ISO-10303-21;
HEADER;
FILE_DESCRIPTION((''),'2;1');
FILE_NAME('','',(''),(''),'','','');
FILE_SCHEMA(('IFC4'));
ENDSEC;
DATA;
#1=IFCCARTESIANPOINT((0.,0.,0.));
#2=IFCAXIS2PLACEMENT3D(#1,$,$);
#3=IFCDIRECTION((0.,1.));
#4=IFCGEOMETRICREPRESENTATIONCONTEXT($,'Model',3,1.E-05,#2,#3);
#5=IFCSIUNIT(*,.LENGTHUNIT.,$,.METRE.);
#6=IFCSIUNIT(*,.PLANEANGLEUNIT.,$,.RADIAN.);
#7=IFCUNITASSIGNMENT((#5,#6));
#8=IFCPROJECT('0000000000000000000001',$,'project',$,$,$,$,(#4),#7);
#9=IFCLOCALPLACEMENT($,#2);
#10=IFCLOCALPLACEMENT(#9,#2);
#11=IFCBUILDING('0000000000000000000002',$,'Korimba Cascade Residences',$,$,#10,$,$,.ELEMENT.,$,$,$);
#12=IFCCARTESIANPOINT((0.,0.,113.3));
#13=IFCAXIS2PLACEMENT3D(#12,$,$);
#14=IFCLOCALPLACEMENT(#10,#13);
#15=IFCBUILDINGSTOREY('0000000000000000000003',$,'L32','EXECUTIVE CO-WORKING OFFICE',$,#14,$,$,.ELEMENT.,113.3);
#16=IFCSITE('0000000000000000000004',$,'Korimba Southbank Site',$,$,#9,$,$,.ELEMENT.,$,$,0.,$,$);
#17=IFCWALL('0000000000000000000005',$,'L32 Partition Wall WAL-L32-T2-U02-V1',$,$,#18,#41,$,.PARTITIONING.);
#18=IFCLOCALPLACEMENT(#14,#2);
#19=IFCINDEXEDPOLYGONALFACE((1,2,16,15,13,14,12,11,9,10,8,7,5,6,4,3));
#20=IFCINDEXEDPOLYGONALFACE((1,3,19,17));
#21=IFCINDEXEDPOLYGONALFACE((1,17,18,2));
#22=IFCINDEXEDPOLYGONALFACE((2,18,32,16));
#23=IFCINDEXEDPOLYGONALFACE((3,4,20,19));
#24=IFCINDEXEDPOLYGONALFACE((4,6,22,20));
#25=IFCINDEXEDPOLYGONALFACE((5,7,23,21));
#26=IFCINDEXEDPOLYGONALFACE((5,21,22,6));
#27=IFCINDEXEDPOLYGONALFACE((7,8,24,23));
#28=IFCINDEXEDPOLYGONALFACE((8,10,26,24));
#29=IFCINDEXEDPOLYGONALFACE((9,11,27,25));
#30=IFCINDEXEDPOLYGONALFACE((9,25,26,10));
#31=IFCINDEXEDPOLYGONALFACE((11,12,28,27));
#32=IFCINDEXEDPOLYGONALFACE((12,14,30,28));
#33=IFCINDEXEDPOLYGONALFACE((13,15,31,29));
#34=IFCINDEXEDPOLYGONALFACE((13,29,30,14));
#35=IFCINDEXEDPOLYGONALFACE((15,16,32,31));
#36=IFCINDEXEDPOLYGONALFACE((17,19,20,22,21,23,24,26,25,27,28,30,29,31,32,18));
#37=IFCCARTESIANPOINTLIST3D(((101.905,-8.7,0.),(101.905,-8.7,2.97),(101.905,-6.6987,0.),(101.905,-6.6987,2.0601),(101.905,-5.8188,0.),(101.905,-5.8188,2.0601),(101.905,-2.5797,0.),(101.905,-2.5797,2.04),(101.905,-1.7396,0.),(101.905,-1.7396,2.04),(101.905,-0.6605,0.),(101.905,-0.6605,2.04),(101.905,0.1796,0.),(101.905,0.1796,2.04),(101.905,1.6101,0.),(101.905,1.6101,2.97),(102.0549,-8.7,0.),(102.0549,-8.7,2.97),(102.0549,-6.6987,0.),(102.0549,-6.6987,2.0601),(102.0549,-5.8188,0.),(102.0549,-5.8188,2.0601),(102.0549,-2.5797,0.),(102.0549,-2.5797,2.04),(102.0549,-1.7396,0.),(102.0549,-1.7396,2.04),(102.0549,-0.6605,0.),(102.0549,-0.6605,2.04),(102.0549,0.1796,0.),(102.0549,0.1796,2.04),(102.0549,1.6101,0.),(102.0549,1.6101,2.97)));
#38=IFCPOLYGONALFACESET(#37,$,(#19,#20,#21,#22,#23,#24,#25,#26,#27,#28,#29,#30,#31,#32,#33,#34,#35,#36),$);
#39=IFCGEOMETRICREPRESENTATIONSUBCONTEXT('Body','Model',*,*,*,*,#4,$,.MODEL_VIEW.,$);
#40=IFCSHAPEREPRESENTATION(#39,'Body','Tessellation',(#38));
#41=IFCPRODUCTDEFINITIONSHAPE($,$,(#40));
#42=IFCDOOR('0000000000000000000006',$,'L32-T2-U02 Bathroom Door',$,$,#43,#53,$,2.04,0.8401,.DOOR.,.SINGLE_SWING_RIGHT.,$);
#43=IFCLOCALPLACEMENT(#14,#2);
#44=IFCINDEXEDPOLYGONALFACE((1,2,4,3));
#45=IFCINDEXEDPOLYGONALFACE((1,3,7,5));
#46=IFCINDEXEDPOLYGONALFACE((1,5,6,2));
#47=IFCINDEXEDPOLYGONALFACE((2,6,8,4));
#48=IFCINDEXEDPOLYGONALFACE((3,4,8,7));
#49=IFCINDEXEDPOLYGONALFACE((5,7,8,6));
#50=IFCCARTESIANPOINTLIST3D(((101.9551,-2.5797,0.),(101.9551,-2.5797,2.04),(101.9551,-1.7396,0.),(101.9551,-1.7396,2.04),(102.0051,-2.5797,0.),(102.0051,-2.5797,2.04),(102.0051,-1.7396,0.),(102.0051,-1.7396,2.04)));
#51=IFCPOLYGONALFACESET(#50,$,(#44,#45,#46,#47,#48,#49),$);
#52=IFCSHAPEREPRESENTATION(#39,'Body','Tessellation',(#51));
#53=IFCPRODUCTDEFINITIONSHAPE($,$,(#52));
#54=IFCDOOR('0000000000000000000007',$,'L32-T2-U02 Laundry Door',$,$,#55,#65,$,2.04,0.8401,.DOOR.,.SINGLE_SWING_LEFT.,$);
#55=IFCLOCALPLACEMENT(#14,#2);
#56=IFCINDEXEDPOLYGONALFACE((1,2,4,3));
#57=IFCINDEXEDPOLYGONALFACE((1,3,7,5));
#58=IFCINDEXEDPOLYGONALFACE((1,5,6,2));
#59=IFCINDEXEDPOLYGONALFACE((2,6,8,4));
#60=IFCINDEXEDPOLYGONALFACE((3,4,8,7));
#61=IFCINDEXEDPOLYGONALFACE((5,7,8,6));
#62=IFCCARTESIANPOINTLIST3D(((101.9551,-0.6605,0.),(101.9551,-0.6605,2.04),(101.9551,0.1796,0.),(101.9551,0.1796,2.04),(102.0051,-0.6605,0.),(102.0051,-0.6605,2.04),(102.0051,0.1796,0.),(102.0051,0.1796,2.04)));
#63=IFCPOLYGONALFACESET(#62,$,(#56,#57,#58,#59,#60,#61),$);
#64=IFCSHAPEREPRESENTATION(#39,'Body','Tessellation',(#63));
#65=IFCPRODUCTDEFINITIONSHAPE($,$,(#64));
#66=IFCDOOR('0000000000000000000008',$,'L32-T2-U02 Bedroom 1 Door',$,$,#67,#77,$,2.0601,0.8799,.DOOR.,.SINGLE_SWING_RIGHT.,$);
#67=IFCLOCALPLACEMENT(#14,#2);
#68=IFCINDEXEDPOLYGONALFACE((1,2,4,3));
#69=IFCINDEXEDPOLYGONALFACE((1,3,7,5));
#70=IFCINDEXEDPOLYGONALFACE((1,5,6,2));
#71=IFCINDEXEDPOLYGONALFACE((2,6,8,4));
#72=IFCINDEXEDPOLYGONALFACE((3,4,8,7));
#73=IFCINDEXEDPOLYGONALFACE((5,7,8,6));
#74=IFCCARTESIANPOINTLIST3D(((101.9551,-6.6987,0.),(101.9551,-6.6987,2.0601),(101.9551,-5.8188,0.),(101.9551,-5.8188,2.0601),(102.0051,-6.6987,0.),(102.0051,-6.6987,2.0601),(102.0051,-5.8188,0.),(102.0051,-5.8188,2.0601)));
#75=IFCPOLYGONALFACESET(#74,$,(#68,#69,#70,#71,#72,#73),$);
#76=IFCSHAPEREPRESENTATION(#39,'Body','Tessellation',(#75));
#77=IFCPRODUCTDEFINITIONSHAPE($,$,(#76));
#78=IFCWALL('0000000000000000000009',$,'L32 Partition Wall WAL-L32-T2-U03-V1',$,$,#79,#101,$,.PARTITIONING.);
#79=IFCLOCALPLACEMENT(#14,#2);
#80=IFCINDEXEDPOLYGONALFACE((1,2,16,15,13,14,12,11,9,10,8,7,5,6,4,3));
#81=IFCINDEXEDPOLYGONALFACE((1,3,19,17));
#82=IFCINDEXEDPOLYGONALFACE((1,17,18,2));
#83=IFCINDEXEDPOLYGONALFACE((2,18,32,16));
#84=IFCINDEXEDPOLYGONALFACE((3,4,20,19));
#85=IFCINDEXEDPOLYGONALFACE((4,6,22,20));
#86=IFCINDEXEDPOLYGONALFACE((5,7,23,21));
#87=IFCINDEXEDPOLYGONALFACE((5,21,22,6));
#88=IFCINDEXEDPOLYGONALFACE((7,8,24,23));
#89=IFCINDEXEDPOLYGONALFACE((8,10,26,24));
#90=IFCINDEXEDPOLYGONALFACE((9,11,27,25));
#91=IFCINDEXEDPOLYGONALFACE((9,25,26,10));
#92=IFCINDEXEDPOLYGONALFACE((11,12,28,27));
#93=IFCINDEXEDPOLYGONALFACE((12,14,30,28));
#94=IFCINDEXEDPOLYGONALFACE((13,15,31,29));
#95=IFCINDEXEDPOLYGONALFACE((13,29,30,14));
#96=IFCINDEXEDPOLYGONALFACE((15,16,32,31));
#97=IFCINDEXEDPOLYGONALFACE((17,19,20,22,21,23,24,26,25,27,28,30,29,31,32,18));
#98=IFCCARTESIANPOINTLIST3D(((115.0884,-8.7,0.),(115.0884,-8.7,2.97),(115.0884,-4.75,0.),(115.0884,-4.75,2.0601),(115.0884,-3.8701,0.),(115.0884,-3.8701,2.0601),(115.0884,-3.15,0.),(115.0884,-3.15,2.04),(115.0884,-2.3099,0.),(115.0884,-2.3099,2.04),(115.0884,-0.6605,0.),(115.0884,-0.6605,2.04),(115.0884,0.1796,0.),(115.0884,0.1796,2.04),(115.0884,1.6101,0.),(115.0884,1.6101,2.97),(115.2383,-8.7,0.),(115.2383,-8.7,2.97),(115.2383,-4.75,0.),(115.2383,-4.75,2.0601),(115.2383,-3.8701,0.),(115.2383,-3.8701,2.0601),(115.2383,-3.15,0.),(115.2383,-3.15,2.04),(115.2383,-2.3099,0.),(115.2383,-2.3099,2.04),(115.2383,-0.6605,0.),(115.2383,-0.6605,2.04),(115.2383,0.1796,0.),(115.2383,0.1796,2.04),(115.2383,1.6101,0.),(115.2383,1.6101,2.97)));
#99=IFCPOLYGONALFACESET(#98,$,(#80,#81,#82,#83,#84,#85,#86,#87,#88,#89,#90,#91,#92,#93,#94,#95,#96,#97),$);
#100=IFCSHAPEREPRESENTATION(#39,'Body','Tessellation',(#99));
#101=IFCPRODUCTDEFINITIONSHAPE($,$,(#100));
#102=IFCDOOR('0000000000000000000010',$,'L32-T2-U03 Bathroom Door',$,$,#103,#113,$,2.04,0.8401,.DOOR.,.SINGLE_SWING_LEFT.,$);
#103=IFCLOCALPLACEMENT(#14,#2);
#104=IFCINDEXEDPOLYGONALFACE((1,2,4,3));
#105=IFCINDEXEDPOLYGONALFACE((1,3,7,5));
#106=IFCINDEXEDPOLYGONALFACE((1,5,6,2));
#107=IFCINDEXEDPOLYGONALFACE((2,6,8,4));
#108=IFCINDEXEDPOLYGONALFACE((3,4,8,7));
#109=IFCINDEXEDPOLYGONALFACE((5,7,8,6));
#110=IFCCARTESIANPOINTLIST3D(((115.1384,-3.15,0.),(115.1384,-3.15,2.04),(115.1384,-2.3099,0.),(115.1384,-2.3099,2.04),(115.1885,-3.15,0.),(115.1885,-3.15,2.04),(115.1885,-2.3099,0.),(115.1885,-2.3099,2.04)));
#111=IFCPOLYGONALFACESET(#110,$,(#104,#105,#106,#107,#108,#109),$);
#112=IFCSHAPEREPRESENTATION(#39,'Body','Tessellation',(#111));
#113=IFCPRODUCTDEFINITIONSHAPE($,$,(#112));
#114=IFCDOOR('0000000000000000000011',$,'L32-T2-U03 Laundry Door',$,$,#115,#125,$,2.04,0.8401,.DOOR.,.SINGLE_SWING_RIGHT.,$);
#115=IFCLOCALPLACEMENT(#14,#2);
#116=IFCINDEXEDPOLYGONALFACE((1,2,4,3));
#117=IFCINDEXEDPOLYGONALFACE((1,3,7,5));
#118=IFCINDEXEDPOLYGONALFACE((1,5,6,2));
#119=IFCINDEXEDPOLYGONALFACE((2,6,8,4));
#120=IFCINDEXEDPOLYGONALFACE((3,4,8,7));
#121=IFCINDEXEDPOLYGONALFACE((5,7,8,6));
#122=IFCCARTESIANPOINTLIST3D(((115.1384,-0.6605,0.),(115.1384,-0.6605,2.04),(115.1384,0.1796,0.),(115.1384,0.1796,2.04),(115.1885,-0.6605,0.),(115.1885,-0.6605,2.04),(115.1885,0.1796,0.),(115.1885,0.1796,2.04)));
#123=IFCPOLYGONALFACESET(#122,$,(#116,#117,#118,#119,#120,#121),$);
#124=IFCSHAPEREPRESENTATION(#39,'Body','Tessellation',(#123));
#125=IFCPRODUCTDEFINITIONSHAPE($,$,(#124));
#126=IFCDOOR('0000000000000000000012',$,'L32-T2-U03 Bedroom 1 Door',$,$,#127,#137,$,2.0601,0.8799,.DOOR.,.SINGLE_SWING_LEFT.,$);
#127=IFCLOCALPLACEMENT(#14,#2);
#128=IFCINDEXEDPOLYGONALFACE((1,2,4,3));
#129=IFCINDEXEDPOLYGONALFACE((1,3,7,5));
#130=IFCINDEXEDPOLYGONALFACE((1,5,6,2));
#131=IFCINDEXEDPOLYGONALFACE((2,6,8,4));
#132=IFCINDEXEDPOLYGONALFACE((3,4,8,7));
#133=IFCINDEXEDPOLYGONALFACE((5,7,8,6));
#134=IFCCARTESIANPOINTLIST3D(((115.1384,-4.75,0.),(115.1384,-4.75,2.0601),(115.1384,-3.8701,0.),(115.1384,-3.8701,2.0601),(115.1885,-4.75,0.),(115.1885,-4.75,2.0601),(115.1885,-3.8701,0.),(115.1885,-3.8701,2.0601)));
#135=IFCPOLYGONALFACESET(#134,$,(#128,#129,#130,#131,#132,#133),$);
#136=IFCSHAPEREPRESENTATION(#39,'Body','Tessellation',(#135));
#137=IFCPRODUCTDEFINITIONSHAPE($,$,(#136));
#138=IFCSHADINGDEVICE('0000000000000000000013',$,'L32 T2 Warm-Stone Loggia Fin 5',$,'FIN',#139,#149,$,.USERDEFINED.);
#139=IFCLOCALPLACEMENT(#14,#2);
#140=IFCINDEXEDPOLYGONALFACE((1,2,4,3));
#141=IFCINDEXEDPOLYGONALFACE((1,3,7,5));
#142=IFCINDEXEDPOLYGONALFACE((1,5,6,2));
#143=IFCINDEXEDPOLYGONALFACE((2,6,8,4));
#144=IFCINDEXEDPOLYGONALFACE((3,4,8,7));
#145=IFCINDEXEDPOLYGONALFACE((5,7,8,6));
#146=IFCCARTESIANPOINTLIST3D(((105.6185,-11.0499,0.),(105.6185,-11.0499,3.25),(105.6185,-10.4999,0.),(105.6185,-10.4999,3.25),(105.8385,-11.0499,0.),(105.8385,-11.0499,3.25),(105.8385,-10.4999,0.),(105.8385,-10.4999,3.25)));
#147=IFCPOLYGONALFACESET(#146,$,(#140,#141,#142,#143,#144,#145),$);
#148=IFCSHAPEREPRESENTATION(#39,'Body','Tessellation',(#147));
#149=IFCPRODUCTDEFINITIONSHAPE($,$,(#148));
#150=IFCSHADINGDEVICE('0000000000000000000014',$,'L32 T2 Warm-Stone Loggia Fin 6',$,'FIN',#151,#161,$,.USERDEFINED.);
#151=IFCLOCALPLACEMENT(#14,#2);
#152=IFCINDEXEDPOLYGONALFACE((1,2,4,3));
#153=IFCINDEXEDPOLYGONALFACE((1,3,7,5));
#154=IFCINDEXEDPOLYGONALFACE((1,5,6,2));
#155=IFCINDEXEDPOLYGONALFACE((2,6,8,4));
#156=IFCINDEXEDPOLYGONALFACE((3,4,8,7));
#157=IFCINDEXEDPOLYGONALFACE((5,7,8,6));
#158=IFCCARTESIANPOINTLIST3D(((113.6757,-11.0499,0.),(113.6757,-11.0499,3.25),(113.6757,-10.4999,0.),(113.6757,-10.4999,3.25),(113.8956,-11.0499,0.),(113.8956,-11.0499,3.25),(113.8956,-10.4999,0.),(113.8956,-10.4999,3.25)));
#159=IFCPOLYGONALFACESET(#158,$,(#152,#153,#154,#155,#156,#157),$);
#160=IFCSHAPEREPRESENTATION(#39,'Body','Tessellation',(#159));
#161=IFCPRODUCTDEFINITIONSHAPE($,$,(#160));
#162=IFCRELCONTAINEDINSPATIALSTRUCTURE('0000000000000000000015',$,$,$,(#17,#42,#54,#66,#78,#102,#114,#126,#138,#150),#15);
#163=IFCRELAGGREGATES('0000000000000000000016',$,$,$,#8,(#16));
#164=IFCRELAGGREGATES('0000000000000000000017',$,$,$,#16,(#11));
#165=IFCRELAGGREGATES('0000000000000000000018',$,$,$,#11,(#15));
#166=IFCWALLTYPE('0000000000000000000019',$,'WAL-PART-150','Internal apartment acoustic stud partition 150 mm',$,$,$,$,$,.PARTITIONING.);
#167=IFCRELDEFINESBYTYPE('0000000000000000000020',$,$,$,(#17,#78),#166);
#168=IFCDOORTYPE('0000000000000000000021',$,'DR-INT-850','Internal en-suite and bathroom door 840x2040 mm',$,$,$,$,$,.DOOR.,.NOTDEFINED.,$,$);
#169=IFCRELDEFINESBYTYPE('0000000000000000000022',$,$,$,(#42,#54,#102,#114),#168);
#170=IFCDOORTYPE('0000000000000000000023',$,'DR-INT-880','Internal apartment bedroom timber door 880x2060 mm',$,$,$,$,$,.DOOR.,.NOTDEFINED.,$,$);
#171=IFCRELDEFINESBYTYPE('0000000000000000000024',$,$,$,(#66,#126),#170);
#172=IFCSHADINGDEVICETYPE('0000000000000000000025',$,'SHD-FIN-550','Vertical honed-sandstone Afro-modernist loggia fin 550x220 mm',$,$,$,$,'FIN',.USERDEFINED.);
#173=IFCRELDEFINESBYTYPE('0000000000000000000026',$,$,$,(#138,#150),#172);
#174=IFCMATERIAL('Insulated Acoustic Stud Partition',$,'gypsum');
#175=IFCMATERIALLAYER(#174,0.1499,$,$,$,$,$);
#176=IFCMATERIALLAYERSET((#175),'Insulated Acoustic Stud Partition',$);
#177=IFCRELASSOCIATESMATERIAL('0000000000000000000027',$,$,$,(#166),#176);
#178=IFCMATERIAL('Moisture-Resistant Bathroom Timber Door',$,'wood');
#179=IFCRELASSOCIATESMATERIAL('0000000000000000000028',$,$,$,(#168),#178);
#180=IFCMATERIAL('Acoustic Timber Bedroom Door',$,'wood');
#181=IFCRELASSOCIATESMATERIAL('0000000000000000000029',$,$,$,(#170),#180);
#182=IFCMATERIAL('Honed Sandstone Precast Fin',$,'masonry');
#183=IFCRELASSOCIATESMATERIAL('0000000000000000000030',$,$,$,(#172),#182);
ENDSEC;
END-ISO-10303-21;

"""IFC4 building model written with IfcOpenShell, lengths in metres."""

from ifc_helpers import new_model, si_unit, direction, frame, frame_2d, origin, origin_2d, place, context, subcontext, project, spatial, rectangle, extrude, material, layer, layer_set, type_object, element, fill, save


model = new_model("IFC4")

# Units and contexts
model_context = context("Model", 3, precision=1e-05, world=origin(), true_north=direction((0.0, 1.0)))
body_context = subcontext(model_context, "Body", "Model", "MODEL_VIEW")
ifc_project = project(units=[si_unit("LENGTHUNIT", "METRE"), si_unit("PLANEANGLEUNIT", "RADIAN")], contexts=[model_context])

# Site, building, storey
site_placement = place(None, origin())
site = spatial("IfcSite", under=ifc_project, at=site_placement, Name="Korimba Southbank Site", CompositionType="ELEMENT", RefElevation=0.0)
building_placement = place(site_placement, origin())
building = spatial("IfcBuilding", under=site, at=building_placement, Name="Korimba Cascade Residences", CompositionType="ELEMENT")
storey_placement = place(building_placement, frame((0.0, 0.0, 113.3)))
storey = spatial("IfcBuildingStorey", under=building, at=storey_placement, Name="L32", Description="EXECUTIVE CO-WORKING OFFICE", CompositionType="ELEMENT", Elevation=113.3)

# Walls, openings, doors
ifc_material_1 = material(Name="Insulated Acoustic Stud Partition", Category="gypsum")
ifc_layer_1 = layer(ifc_material_1, 0.1499)
ifc_layer_set_1 = layer_set([ifc_layer_1], Name="Insulated Acoustic Stud Partition")
wall_type_1 = type_object("IfcWallType", Name="WAL-PART-150", Description="Internal apartment acoustic stud partition 150 mm", PredefinedType="PARTITIONING", material=ifc_layer_set_1)
wall_1_placement = place(storey_placement, frame((101.98, -8.7, 0.0), z_axis=(0.0, 0.0, 1.0), x_axis=(0.0, 1.0, 0.0)))
wall_1 = element("IfcWall", 1, at=wall_1_placement, inside=storey, type_object=wall_type_1, Name="L32 Partition Wall WAL-L32-T2-U02-V1", PredefinedType="PARTITIONING", context=body_context, shape_type="SweptSolid", body=[
    extrude(rectangle(XDim=10.3101, YDim=0.1499, at=frame_2d((5.155, 0.0))), origin(), (0.0, 0.0, 1.0), 2.97),
])
opening_1_placement = place(wall_1_placement, frame((6.1204, 0.0, 0.0)))
opening_1 = element("IfcOpeningElement", 2, at=opening_1_placement, cuts=wall_1, PredefinedType="OPENING", context=body_context, shape_type="SweptSolid", body=[
    extrude(rectangle(XDim=0.8401, YDim=2.04, at=frame_2d((0.4199, 1.02))), frame((0.0, 0.085, 0.0), z_axis=(0.0, -1.0, 0.0), x_axis=(1.0, 0.0, 0.0)), (0.0, 0.0, 1.0), 0.1699),
])
opening_2_placement = place(wall_1_placement, frame((8.0396, 0.0, 0.0)))
opening_2 = element("IfcOpeningElement", 3, at=opening_2_placement, cuts=wall_1, PredefinedType="OPENING", context=body_context, shape_type="SweptSolid", body=[
    extrude(rectangle(XDim=0.8401, YDim=2.04, at=frame_2d((0.4199, 1.02))), frame((0.0, 0.085, 0.0), z_axis=(0.0, -1.0, 0.0), x_axis=(1.0, 0.0, 0.0)), (0.0, 0.0, 1.0), 0.1699),
])
opening_3_placement = place(wall_1_placement, frame((2.0012, 0.0, 0.0)))
opening_3 = element("IfcOpeningElement", 4, at=opening_3_placement, cuts=wall_1, PredefinedType="OPENING", context=body_context, shape_type="SweptSolid", body=[
    extrude(rectangle(XDim=0.8799, YDim=2.0601, at=frame_2d((0.4399, 1.03))), frame((0.0, 0.085, 0.0), z_axis=(0.0, -1.0, 0.0), x_axis=(1.0, 0.0, 0.0)), (0.0, 0.0, 1.0), 0.1699),
])
ifc_material_2 = material(Name="Moisture-Resistant Bathroom Timber Door", Category="wood")
door_type_1 = type_object("IfcDoorType", Name="DR-INT-850", Description="Internal en-suite and bathroom door 840x2040 mm", OperationType="NOTDEFINED", PredefinedType="DOOR", material=ifc_material_2)
door_1_placement = place(opening_1_placement, origin())
door_1 = element("IfcDoor", 5, at=door_1_placement, inside=storey, type_object=door_type_1, Name="L32-T2-U02 Bathroom Door", OperationType="SINGLE_SWING_RIGHT", OverallHeight=2.04, OverallWidth=0.8401, PredefinedType="DOOR", context=body_context, shape_type="SweptSolid", body=[
    extrude(rectangle(XDim=0.8401, YDim=2.04, at=frame_2d((0.4199, 1.02))), frame((0.0, 0.0249, 0.0), z_axis=(0.0, -1.0, 0.0), x_axis=(1.0, 0.0, 0.0)), (0.0, 0.0, 1.0), 0.05),
])
fill(opening_1, door_1)
door_2_placement = place(opening_2_placement, origin())
door_2 = element("IfcDoor", 6, at=door_2_placement, inside=storey, type_object=door_type_1, Name="L32-T2-U02 Laundry Door", OperationType="SINGLE_SWING_LEFT", OverallHeight=2.04, OverallWidth=0.8401, PredefinedType="DOOR", context=body_context, shape_type="SweptSolid", body=[
    extrude(rectangle(XDim=0.8401, YDim=2.04, at=frame_2d((0.4199, 1.02))), frame((0.0, 0.0249, 0.0), z_axis=(0.0, -1.0, 0.0), x_axis=(1.0, 0.0, 0.0)), (0.0, 0.0, 1.0), 0.05),
])
fill(opening_2, door_2)
ifc_material_3 = material(Name="Acoustic Timber Bedroom Door", Category="wood")
door_type_2 = type_object("IfcDoorType", Name="DR-INT-880", Description="Internal apartment bedroom timber door 880x2060 mm", OperationType="NOTDEFINED", PredefinedType="DOOR", material=ifc_material_3)
door_3_placement = place(opening_3_placement, origin())
door_3 = element("IfcDoor", 7, at=door_3_placement, inside=storey, type_object=door_type_2, Name="L32-T2-U02 Bedroom 1 Door", OperationType="SINGLE_SWING_RIGHT", OverallHeight=2.0601, OverallWidth=0.8799, PredefinedType="DOOR", context=body_context, shape_type="SweptSolid", body=[
    extrude(rectangle(XDim=0.8799, YDim=2.0601, at=frame_2d((0.4399, 1.03))), frame((0.0, 0.0249, 0.0), z_axis=(0.0, -1.0, 0.0), x_axis=(1.0, 0.0, 0.0)), (0.0, 0.0, 1.0), 0.05),
])
fill(opening_3, door_3)
wall_2_placement = place(storey_placement, frame((115.1633, -8.7, 0.0), z_axis=(0.0, 0.0, 1.0), x_axis=(0.0, 1.0, 0.0)))
wall_2 = element("IfcWall", 8, at=wall_2_placement, inside=storey, type_object=wall_type_1, Name="L32 Partition Wall WAL-L32-T2-U03-V1", PredefinedType="PARTITIONING", context=body_context, shape_type="SweptSolid", body=[
    extrude(rectangle(XDim=10.3101, YDim=0.1499, at=frame_2d((5.155, 0.0))), origin(), (0.0, 0.0, 1.0), 2.97),
])
opening_4_placement = place(wall_2_placement, frame((5.55, 0.0, 0.0)))
opening_4 = element("IfcOpeningElement", 9, at=opening_4_placement, cuts=wall_2, PredefinedType="OPENING", context=body_context, shape_type="SweptSolid", body=[
    extrude(rectangle(XDim=0.8401, YDim=2.04, at=frame_2d((0.4199, 1.02))), frame((0.0, 0.085, 0.0), z_axis=(0.0, -1.0, 0.0), x_axis=(1.0, 0.0, 0.0)), (0.0, 0.0, 1.0), 0.1699),
])
opening_5_placement = place(wall_2_placement, frame((8.0396, 0.0, 0.0)))
opening_5 = element("IfcOpeningElement", 10, at=opening_5_placement, cuts=wall_2, PredefinedType="OPENING", context=body_context, shape_type="SweptSolid", body=[
    extrude(rectangle(XDim=0.8401, YDim=2.04, at=frame_2d((0.4199, 1.02))), frame((0.0, 0.085, 0.0), z_axis=(0.0, -1.0, 0.0), x_axis=(1.0, 0.0, 0.0)), (0.0, 0.0, 1.0), 0.1699),
])
opening_6_placement = place(wall_2_placement, frame((3.95, 0.0, 0.0)))
opening_6 = element("IfcOpeningElement", 11, at=opening_6_placement, cuts=wall_2, PredefinedType="OPENING", context=body_context, shape_type="SweptSolid", body=[
    extrude(rectangle(XDim=0.8799, YDim=2.0601, at=frame_2d((0.4399, 1.03))), frame((0.0, 0.085, 0.0), z_axis=(0.0, -1.0, 0.0), x_axis=(1.0, 0.0, 0.0)), (0.0, 0.0, 1.0), 0.1699),
])
door_4_placement = place(opening_4_placement, origin())
door_4 = element("IfcDoor", 12, at=door_4_placement, inside=storey, type_object=door_type_1, Name="L32-T2-U03 Bathroom Door", OperationType="SINGLE_SWING_LEFT", OverallHeight=2.04, OverallWidth=0.8401, PredefinedType="DOOR", context=body_context, shape_type="SweptSolid", body=[
    extrude(rectangle(XDim=0.8401, YDim=2.04, at=frame_2d((0.4199, 1.02))), frame((0.0, 0.0249, 0.0), z_axis=(0.0, -1.0, 0.0), x_axis=(1.0, 0.0, 0.0)), (0.0, 0.0, 1.0), 0.05),
])
fill(opening_4, door_4)
door_5_placement = place(opening_5_placement, origin())
door_5 = element("IfcDoor", 13, at=door_5_placement, inside=storey, type_object=door_type_1, Name="L32-T2-U03 Laundry Door", OperationType="SINGLE_SWING_RIGHT", OverallHeight=2.04, OverallWidth=0.8401, PredefinedType="DOOR", context=body_context, shape_type="SweptSolid", body=[
    extrude(rectangle(XDim=0.8401, YDim=2.04, at=frame_2d((0.4199, 1.02))), frame((0.0, 0.0249, 0.0), z_axis=(0.0, -1.0, 0.0), x_axis=(1.0, 0.0, 0.0)), (0.0, 0.0, 1.0), 0.05),
])
fill(opening_5, door_5)
door_6_placement = place(opening_6_placement, origin())
door_6 = element("IfcDoor", 14, at=door_6_placement, inside=storey, type_object=door_type_2, Name="L32-T2-U03 Bedroom 1 Door", OperationType="SINGLE_SWING_LEFT", OverallHeight=2.0601, OverallWidth=0.8799, PredefinedType="DOOR", context=body_context, shape_type="SweptSolid", body=[
    extrude(rectangle(XDim=0.8799, YDim=2.0601, at=frame_2d((0.4399, 1.03))), frame((0.0, 0.0249, 0.0), z_axis=(0.0, -1.0, 0.0), x_axis=(1.0, 0.0, 0.0)), (0.0, 0.0, 1.0), 0.05),
])
fill(opening_6, door_6)

# Shading devices
ifc_material_4 = material(Name="Honed Sandstone Precast Fin", Category="masonry")
shading_device_type = type_object("IfcShadingDeviceType", Name="SHD-FIN-550", Description="Vertical honed-sandstone Afro-modernist loggia fin 550x220 mm", ElementType="FIN", PredefinedType="USERDEFINED", material=ifc_material_4)
for number, where, z_axis, x_axis, name in (
    (15, (105.7285, -10.7749, 0.0), (0.0, 0.0, 1.0), (1.0, 0.0, 0.0), "L32 T2 Warm-Stone Loggia Fin 5"),
    (16, (113.7856, -10.7749, 0.0), (0.0, 0.0, 1.0), (1.0, 0.0, 0.0), "L32 T2 Warm-Stone Loggia Fin 6"),
):
    element("IfcShadingDevice", number, at=place(storey_placement, frame(where, z_axis=z_axis, x_axis=x_axis)), inside=storey, type_object=shading_device_type, Name=name, ObjectType="FIN", PredefinedType="USERDEFINED", context=body_context, shape_type="SweptSolid", body=[
        extrude(rectangle(XDim=0.22, YDim=0.55, at=origin_2d()), origin(), (0.0, 0.0, 1.0), 3.25),
    ])

save(model, "model.ifc")
